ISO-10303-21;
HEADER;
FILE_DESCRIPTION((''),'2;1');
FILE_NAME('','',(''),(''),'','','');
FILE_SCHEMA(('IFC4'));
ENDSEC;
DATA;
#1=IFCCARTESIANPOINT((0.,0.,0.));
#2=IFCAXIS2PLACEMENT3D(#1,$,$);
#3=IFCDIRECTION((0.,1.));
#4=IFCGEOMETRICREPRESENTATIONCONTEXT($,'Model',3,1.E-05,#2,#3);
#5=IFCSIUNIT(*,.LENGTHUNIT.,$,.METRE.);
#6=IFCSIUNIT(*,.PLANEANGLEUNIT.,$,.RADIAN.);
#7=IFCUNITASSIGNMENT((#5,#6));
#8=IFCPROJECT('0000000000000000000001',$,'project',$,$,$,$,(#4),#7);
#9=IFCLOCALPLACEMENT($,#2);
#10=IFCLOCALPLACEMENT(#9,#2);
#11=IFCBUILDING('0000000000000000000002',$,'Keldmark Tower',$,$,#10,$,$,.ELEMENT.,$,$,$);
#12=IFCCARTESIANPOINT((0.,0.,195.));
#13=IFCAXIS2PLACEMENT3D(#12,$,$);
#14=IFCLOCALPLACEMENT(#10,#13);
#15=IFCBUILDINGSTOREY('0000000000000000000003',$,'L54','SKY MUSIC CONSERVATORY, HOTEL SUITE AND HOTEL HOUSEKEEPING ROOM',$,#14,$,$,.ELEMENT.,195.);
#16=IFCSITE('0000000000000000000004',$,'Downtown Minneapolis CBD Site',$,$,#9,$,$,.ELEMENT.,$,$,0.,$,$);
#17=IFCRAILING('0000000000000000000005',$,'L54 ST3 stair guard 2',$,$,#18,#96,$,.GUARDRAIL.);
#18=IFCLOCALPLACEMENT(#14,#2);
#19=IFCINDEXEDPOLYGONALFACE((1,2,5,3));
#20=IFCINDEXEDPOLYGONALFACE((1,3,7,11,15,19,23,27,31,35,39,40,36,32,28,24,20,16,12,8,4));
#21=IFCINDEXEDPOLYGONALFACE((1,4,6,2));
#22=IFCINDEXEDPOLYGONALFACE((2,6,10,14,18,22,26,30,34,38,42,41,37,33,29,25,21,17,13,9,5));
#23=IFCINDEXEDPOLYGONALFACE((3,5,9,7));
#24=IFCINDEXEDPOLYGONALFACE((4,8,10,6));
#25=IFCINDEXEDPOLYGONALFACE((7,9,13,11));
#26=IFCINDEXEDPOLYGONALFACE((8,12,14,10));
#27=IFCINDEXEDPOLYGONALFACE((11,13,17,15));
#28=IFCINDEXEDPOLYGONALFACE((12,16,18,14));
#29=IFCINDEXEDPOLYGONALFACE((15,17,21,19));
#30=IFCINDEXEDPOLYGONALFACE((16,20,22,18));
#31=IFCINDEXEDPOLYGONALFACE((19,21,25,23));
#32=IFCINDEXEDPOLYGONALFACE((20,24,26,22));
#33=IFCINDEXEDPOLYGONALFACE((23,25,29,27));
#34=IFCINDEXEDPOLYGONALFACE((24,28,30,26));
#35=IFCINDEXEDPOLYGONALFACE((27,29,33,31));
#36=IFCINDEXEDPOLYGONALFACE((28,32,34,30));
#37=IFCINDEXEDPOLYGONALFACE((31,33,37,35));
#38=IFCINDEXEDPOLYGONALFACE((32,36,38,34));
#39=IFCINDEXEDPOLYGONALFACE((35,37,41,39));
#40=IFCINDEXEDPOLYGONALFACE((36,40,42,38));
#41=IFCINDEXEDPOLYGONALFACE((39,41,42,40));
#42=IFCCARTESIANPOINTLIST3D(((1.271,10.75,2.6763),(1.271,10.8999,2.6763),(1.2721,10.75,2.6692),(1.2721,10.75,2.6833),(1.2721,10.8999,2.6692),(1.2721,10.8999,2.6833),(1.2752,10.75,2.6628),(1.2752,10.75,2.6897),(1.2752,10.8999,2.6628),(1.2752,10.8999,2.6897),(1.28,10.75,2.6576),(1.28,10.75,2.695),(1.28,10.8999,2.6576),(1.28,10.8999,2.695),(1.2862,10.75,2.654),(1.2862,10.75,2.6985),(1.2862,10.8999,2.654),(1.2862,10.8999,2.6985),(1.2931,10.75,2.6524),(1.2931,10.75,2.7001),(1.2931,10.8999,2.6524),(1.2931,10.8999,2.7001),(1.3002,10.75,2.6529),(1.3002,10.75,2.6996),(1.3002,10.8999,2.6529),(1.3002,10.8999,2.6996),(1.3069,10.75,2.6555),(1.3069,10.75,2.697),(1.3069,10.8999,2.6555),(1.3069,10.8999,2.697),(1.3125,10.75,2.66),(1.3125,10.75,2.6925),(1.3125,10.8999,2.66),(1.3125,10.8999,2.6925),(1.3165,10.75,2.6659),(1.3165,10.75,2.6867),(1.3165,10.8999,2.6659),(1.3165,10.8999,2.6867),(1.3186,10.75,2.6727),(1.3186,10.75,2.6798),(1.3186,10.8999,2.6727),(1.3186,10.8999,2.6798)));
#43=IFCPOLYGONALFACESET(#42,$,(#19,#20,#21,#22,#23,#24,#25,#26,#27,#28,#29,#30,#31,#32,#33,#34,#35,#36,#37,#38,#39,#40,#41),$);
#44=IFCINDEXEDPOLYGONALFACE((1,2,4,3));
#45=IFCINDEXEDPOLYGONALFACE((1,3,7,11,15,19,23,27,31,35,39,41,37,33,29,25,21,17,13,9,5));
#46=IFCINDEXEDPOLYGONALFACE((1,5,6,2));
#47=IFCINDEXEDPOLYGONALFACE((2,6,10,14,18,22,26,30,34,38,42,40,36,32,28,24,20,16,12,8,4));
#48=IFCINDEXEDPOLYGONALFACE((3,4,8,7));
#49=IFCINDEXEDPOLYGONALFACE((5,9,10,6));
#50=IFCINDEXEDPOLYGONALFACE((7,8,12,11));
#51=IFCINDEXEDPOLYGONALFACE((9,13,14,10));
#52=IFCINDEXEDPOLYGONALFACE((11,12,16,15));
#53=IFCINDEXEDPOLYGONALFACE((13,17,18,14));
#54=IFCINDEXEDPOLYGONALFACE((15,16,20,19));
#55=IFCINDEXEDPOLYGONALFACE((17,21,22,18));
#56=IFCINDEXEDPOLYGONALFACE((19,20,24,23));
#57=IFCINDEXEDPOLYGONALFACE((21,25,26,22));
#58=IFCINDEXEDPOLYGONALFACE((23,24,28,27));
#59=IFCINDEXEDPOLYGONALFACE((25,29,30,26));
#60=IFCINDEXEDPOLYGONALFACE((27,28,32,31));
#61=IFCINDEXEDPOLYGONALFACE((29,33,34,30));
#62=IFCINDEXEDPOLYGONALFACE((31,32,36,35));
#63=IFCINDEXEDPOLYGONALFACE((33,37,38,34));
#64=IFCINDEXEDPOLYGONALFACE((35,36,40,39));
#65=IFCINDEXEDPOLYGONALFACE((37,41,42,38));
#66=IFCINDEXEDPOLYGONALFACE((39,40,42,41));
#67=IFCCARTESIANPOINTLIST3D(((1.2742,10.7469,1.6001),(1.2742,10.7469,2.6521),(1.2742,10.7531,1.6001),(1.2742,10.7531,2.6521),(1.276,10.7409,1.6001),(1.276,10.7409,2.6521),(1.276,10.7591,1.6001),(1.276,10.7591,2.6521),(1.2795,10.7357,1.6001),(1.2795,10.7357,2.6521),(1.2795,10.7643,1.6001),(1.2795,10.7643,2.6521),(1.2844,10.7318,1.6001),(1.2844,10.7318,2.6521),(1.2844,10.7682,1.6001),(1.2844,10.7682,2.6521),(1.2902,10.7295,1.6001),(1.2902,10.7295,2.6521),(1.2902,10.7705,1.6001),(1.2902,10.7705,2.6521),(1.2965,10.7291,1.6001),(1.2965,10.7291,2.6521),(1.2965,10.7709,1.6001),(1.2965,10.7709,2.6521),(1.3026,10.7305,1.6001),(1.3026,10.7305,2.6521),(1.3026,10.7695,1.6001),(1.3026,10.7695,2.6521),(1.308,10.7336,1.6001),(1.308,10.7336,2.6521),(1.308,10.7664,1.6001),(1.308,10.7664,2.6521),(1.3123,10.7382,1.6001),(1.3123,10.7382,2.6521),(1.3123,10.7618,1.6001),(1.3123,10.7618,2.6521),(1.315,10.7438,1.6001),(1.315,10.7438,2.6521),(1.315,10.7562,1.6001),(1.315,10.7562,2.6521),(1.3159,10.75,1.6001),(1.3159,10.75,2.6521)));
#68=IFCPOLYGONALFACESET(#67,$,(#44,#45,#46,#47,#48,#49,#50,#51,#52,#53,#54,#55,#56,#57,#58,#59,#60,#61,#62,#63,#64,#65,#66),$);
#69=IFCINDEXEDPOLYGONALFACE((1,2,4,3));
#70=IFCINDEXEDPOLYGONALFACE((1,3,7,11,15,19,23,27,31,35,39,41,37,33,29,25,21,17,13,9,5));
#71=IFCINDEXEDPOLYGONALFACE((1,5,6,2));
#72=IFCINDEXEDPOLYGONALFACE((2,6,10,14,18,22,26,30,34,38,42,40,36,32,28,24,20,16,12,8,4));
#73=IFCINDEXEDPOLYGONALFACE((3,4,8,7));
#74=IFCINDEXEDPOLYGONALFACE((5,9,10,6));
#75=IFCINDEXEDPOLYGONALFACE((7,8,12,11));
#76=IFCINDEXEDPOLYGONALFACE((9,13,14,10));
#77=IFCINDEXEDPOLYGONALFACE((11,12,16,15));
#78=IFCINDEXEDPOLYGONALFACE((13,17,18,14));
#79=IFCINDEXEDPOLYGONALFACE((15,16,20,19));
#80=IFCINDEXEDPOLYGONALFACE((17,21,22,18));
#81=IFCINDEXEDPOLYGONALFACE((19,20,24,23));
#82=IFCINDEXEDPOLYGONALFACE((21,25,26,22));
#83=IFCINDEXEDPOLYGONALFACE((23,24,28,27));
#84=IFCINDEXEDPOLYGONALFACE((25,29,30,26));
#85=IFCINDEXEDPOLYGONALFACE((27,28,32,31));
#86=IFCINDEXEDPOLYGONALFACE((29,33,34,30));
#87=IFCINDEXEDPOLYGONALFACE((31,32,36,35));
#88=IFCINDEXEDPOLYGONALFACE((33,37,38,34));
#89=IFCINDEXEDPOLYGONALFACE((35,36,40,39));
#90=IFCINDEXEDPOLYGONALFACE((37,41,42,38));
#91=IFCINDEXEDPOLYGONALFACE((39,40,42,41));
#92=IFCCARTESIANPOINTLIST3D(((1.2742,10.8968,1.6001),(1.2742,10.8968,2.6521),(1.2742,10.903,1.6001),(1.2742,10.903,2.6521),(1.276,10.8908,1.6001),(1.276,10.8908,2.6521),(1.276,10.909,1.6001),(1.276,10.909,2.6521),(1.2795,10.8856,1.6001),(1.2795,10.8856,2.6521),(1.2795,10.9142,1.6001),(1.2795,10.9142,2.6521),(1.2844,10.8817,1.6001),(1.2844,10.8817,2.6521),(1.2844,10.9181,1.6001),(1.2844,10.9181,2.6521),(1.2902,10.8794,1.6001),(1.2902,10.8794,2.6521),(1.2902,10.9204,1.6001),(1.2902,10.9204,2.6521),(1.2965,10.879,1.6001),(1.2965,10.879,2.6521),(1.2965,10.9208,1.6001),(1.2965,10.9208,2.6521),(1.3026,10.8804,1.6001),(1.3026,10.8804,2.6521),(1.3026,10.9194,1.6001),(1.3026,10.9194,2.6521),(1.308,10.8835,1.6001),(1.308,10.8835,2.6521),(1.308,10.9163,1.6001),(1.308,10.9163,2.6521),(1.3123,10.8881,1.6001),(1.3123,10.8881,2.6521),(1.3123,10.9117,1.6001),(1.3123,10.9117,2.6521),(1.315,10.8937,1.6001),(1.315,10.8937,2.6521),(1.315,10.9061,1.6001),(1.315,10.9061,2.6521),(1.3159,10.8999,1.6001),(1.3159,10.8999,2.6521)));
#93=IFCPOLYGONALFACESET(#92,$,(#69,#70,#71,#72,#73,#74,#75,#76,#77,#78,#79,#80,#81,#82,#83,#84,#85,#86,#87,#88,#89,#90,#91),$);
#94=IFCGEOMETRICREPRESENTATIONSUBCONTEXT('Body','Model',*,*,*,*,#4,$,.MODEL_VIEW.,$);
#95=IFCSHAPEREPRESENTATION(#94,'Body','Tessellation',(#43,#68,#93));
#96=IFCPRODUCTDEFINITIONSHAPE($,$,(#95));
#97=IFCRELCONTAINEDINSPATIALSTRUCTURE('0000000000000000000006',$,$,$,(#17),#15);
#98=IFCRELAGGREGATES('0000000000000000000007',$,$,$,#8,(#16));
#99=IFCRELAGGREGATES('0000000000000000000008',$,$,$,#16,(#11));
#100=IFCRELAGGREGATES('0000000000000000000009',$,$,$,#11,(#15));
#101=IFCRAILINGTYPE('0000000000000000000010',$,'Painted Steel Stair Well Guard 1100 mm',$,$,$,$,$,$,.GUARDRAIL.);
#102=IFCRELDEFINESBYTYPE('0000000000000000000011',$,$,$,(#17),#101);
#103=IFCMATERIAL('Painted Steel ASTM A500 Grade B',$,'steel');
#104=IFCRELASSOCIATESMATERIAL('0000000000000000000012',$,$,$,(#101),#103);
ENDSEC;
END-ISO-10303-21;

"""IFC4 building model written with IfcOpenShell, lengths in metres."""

from ifc_helpers import new_model, si_unit, direction, frame, origin, origin_2d, place, context, subcontext, project, spatial, circle, extrude, material, type_object, element, save


model = new_model("IFC4")

# Units and contexts
model_context = context("Model", 3, precision=1e-05, world=origin(), true_north=direction((0.0, 1.0)))
body_context = subcontext(model_context, "Body", "Model", "MODEL_VIEW")
ifc_project = project(units=[si_unit("LENGTHUNIT", "METRE"), si_unit("PLANEANGLEUNIT", "RADIAN")], contexts=[model_context])

# Site, building, storey
site_placement = place(None, origin())
site = spatial("IfcSite", under=ifc_project, at=site_placement, Name="Downtown Minneapolis CBD Site", CompositionType="ELEMENT", RefElevation=0.0)
building_placement = place(site_placement, origin())
building = spatial("IfcBuilding", under=site, at=building_placement, Name="Keldmark Tower", CompositionType="ELEMENT")
storey_placement = place(building_placement, frame((0.0, 0.0, 195.0)))
storey = spatial("IfcBuildingStorey", under=building, at=storey_placement, Name="L54", Description="SKY MUSIC CONSERVATORY, HOTEL SUITE AND HOTEL HOUSEKEEPING ROOM", CompositionType="ELEMENT", Elevation=195.0)

# Railing
ifc_material_1 = material(Name="Painted Steel ASTM A500 Grade B", Category="steel")
railing_type_1 = type_object("IfcRailingType", Name="Painted Steel Stair Well Guard 1100 mm", PredefinedType="GUARDRAIL", material=ifc_material_1)
railing_1_placement = place(storey_placement, frame((1.2949, 10.75, 1.6001)))
element("IfcRailing", 1, at=railing_1_placement, inside=storey, type_object=railing_type_1, Name="L54 ST3 stair guard 2", PredefinedType="GUARDRAIL", context=body_context, shape_type="SweptSolid", body=[
    extrude(circle(Radius=0.0239, at=origin_2d()), frame((0.0, 0.0, 1.0762), z_axis=(0.0, 1.0, 0.0), x_axis=(-1.0, 0.0, 0.0)), (0.0, 0.0, 1.0), 0.1499),
    extrude(circle(Radius=0.021, at=origin_2d()), origin(), (0.0, 0.0, 1.0), 1.052),
    extrude(circle(Radius=0.021, at=origin_2d()), frame((0.0, 0.1499, 0.0)), (0.0, 0.0, 1.0), 1.052),
])

save(model, "model.ifc")
